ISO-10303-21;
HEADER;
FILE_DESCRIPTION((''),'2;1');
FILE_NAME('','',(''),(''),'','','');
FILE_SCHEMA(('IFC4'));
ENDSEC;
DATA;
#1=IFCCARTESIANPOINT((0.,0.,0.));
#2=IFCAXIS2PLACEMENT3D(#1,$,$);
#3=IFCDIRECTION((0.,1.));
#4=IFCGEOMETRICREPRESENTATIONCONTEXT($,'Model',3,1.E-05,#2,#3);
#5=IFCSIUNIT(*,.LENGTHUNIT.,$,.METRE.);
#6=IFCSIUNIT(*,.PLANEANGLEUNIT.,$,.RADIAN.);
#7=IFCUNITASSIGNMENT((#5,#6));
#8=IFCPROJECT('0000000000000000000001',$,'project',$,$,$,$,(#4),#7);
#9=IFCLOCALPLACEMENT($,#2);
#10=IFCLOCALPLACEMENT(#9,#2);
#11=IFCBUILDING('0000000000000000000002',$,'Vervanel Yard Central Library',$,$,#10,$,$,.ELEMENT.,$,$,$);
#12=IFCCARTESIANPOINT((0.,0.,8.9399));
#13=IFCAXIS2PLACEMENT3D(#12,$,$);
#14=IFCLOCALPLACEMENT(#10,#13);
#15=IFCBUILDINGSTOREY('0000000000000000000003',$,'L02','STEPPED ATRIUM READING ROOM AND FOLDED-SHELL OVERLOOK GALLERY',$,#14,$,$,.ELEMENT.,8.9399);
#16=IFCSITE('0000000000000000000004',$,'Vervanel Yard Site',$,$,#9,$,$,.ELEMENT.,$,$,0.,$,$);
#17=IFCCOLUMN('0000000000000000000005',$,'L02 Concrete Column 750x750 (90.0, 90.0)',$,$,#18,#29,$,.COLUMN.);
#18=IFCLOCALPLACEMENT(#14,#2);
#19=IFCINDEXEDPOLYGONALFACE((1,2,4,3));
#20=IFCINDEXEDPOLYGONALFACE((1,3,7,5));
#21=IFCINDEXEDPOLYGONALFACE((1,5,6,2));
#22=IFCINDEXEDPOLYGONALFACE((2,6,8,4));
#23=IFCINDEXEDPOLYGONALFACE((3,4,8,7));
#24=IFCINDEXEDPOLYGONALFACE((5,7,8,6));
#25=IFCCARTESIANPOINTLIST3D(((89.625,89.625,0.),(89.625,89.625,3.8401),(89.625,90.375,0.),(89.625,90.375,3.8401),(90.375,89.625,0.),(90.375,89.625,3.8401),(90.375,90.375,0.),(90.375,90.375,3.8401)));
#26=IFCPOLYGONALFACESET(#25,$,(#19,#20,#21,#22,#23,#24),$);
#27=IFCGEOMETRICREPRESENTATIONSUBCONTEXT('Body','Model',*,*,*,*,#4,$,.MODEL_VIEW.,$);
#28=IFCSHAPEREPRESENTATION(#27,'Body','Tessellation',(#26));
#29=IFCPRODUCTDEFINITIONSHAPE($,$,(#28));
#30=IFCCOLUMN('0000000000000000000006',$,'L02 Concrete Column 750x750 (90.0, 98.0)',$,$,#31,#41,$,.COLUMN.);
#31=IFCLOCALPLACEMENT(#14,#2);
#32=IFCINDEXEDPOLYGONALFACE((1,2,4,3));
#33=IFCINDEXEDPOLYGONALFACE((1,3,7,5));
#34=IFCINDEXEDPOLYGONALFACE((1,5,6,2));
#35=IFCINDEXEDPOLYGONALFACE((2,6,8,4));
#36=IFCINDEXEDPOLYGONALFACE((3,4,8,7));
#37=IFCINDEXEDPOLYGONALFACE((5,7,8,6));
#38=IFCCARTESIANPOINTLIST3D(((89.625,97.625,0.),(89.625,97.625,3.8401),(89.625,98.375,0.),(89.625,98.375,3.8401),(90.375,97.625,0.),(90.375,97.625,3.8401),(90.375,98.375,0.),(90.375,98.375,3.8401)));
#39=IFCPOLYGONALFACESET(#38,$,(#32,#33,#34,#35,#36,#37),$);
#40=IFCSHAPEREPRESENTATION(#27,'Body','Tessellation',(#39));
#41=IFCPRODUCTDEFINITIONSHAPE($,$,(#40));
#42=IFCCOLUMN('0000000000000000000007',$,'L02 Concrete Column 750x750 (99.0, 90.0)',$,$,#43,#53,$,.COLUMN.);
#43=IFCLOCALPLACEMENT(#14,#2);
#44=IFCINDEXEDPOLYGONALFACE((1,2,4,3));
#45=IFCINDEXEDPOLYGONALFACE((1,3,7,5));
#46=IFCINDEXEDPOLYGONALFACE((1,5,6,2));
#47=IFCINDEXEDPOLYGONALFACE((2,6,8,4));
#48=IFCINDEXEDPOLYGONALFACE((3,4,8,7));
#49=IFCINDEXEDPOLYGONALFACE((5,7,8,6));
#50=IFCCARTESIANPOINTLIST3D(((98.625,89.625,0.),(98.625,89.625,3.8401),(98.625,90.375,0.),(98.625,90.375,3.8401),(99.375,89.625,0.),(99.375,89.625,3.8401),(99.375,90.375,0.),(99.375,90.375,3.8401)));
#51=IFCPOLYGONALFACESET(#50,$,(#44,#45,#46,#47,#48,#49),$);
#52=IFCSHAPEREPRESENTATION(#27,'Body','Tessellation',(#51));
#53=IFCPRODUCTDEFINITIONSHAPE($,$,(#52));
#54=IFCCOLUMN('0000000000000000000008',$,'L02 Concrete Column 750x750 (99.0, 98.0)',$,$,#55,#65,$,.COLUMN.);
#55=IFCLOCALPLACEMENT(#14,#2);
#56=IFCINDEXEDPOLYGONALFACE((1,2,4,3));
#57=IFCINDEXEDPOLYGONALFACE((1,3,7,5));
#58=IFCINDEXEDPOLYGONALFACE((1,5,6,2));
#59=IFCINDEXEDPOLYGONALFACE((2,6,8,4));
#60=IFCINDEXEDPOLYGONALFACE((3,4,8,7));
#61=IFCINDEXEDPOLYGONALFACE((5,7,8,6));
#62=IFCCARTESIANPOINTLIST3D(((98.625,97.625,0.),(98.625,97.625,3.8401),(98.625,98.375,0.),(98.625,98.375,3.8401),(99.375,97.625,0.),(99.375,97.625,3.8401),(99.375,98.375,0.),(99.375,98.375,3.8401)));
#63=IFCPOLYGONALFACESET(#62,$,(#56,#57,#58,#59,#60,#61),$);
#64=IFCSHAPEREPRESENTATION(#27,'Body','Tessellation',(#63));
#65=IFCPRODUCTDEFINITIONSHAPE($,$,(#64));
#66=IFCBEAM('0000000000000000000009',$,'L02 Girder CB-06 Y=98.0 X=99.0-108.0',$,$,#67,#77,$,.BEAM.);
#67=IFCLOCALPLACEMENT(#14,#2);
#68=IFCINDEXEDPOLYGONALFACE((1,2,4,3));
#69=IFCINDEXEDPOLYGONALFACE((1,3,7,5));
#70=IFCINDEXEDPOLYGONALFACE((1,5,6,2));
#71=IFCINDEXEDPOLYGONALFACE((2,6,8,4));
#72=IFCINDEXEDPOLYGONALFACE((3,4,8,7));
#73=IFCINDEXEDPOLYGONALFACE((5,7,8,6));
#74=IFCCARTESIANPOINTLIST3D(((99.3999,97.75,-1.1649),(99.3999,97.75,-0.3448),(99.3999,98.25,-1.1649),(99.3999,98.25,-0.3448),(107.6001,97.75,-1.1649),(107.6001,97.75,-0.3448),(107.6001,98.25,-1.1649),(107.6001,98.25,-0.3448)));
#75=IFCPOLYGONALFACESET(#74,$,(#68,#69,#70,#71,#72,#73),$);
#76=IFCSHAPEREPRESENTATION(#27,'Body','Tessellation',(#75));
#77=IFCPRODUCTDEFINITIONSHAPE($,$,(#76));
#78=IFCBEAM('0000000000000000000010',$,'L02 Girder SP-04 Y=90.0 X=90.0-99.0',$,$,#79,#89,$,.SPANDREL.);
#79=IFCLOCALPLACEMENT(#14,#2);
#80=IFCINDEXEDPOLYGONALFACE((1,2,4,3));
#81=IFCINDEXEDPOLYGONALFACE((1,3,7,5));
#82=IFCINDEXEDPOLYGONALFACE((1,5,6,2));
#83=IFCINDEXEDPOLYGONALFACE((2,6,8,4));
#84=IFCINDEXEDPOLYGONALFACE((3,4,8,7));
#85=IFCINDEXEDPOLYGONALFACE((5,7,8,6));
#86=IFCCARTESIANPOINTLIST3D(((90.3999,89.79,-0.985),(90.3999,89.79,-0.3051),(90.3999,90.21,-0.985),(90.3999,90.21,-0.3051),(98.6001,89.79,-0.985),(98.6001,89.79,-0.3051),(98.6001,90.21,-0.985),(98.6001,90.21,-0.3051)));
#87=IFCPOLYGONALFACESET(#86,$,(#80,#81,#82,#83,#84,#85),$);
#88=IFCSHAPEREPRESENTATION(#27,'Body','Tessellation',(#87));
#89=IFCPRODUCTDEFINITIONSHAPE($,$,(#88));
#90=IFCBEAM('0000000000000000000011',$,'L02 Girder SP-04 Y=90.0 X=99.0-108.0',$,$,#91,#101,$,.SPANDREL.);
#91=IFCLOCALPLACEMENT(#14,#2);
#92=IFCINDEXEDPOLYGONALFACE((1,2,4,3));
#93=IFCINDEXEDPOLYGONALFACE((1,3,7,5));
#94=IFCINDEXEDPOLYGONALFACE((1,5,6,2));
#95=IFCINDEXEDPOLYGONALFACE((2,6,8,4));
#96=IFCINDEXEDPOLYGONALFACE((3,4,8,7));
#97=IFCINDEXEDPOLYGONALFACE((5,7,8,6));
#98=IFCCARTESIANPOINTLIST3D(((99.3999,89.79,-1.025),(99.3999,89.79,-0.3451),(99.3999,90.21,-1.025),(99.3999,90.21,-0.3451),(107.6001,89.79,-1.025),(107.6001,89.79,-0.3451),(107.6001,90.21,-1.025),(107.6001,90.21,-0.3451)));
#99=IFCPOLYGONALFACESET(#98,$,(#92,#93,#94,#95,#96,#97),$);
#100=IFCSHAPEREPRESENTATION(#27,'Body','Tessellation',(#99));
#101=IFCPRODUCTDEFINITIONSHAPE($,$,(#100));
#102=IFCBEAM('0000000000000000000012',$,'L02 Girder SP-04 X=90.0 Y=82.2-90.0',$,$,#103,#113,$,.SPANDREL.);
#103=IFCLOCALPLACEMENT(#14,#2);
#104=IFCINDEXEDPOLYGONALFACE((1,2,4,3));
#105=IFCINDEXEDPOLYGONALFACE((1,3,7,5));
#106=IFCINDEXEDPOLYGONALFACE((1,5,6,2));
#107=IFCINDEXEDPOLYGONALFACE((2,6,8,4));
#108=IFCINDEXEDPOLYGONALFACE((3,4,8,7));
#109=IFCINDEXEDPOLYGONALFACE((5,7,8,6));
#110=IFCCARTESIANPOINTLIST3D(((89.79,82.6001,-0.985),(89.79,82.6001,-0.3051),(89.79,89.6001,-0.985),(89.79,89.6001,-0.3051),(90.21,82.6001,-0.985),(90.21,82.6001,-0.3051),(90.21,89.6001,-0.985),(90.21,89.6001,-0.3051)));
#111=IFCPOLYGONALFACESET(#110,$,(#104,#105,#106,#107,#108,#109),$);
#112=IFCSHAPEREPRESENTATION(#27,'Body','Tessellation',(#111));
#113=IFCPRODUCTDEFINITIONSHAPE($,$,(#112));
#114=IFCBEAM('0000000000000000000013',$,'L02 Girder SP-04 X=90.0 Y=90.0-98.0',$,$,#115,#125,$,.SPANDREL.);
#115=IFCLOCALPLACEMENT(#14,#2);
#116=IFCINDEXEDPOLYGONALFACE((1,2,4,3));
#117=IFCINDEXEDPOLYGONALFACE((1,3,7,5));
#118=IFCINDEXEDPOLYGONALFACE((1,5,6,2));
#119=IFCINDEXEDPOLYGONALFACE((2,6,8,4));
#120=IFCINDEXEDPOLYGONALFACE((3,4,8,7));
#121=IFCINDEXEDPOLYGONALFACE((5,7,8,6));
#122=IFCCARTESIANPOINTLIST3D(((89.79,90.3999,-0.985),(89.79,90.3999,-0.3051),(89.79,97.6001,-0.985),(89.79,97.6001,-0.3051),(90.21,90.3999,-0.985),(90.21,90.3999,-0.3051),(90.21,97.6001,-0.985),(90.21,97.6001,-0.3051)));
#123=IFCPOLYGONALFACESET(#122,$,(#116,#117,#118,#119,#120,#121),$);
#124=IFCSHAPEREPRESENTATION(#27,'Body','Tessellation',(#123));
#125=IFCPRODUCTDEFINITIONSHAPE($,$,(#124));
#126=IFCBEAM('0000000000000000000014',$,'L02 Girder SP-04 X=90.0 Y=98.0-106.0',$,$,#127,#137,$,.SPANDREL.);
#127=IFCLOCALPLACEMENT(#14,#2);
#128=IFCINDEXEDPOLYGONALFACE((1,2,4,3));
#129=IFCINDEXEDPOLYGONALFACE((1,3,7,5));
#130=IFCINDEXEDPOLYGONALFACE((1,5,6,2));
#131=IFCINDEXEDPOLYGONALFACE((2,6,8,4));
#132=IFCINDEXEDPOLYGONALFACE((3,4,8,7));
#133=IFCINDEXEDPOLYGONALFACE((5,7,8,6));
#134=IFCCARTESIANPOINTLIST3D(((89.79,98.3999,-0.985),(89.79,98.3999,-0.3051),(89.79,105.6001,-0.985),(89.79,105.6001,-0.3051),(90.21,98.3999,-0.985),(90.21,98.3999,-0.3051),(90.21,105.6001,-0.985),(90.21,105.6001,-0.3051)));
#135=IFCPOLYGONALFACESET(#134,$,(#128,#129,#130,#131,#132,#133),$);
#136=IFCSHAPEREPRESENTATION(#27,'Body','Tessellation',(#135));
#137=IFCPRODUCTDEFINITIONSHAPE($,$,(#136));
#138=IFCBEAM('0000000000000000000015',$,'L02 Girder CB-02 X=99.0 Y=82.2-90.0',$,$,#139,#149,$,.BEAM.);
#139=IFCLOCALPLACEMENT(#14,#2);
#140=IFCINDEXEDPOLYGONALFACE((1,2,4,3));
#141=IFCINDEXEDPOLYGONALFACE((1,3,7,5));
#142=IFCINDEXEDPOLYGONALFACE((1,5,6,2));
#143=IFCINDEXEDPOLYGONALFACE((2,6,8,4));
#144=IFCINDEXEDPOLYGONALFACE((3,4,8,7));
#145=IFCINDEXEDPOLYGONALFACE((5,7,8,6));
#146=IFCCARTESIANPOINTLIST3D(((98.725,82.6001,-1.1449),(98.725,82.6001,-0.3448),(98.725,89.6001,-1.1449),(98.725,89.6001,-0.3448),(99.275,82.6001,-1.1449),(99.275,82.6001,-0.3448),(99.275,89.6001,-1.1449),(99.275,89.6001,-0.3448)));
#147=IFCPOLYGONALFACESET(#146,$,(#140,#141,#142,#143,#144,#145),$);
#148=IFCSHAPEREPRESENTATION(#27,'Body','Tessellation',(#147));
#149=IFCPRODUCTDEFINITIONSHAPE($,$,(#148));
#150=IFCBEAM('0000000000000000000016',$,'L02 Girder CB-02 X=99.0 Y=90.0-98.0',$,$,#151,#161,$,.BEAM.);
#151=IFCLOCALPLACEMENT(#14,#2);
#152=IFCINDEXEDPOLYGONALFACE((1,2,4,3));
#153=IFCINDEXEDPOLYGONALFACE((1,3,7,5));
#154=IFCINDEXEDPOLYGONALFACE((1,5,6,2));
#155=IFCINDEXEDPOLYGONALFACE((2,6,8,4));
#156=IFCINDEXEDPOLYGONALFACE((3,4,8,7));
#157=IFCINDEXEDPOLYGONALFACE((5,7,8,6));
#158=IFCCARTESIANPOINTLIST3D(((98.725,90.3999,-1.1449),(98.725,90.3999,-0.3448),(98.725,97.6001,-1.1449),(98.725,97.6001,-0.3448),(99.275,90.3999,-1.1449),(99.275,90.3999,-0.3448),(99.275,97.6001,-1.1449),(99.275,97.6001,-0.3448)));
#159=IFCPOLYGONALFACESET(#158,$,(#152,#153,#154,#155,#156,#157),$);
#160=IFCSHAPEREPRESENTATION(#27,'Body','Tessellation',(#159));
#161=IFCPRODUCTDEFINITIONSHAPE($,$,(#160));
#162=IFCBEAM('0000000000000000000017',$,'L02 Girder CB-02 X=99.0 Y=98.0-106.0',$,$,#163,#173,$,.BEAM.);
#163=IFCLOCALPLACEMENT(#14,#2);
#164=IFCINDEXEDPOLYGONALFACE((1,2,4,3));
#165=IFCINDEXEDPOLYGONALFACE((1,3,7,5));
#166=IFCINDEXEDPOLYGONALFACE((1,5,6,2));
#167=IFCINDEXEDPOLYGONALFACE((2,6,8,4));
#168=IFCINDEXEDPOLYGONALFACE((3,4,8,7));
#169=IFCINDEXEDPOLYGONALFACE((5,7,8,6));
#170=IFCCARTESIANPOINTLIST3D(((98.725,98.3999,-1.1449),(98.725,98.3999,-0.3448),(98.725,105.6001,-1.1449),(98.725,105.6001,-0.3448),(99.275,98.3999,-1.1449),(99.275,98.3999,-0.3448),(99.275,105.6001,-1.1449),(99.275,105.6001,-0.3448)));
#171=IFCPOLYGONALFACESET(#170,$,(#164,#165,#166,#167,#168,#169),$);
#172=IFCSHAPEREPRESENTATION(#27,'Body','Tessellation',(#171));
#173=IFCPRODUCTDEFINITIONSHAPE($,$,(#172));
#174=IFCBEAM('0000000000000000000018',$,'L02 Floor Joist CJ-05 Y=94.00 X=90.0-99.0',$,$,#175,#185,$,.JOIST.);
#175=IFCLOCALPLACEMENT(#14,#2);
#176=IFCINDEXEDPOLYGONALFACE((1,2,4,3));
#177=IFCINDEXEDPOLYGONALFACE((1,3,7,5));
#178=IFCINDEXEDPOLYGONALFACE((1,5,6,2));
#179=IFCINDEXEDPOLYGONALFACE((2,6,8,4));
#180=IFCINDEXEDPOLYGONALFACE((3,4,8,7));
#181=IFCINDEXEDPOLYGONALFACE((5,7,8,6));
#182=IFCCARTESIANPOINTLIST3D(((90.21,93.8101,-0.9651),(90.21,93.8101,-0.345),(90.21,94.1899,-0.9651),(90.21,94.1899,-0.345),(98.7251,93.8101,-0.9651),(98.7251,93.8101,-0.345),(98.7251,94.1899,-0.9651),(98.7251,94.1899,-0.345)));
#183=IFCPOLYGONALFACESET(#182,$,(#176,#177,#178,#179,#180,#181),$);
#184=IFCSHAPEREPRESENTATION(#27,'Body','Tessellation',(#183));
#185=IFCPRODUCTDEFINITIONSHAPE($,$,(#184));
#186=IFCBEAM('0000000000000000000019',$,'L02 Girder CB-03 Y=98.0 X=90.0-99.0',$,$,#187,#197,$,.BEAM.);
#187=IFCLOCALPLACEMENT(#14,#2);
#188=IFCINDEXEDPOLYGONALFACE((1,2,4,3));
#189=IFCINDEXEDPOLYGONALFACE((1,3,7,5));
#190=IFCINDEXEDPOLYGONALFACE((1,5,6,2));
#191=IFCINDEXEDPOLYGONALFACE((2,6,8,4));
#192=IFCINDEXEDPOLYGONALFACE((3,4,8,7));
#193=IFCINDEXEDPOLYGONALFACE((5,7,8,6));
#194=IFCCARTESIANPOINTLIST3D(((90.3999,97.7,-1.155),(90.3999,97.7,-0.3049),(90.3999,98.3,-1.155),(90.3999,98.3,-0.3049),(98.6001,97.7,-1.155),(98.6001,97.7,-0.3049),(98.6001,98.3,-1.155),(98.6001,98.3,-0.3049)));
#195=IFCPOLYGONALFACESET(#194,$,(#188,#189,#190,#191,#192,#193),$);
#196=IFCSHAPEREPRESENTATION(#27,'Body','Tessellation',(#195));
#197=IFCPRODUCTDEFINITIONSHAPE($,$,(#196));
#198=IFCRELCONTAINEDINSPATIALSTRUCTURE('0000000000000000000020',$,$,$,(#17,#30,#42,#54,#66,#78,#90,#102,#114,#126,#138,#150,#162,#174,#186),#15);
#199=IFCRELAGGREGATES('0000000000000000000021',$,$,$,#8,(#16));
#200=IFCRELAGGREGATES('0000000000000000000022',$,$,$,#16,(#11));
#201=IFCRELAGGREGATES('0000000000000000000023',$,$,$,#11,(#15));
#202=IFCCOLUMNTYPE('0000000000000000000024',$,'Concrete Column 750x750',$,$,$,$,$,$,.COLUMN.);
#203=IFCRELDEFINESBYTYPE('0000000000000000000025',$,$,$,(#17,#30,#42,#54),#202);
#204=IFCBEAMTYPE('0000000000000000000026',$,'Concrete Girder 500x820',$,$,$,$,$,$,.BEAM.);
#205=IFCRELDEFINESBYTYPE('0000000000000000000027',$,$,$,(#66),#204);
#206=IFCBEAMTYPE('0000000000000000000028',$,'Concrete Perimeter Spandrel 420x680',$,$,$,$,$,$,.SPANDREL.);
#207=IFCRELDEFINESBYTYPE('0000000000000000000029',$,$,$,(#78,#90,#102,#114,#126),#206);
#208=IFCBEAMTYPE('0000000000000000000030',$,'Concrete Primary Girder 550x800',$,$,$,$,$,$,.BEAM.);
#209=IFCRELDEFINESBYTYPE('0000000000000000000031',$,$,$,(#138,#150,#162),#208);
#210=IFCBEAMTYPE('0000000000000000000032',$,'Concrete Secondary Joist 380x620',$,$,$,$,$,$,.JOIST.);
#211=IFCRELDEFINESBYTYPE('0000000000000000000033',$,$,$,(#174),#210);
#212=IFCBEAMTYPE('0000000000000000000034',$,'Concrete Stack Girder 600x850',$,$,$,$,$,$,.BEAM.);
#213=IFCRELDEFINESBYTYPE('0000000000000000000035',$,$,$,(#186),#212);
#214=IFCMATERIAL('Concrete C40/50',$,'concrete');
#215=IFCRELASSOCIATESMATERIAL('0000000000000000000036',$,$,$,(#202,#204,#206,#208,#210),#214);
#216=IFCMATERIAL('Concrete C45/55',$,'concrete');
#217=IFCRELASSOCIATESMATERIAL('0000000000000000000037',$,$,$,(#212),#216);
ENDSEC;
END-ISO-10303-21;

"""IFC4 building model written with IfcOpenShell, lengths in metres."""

from ifc_helpers import new_model, si_unit, direction, frame, origin, origin_2d, place, context, subcontext, project, spatial, rectangle, extrude, material, material_profile, profile_set, type_object, element, save


model = new_model("IFC4")

# Units and contexts
model_context = context("Model", 3, precision=1e-05, world=origin(), true_north=direction((0.0, 1.0)))
body_context = subcontext(model_context, "Body", "Model", "MODEL_VIEW")
ifc_project = project(units=[si_unit("LENGTHUNIT", "METRE"), si_unit("PLANEANGLEUNIT", "RADIAN")], contexts=[model_context])

# Site, building, storey
site_placement = place(None, origin())
site = spatial("IfcSite", under=ifc_project, at=site_placement, Name="Vervanel Yard Site", CompositionType="ELEMENT", RefElevation=0.0)
building_placement = place(site_placement, origin())
building = spatial("IfcBuilding", under=site, at=building_placement, Name="Vervanel Yard Central Library", CompositionType="ELEMENT")
storey_placement = place(building_placement, frame((0.0, 0.0, 8.9399)))
storey = spatial("IfcBuildingStorey", under=building, at=storey_placement, Name="L02", Description="STEPPED ATRIUM READING ROOM AND FOLDED-SHELL OVERLOOK GALLERY", CompositionType="ELEMENT", Elevation=8.9399)

# Columns
ifc_material_1 = material(Name="Concrete C40/50", Category="concrete")
ifc_material_profile_1 = material_profile(ifc_material_1, rectangle(XDim=0.75, YDim=0.75, at=origin_2d()), Name="RC 750x750", Category="concrete")
ifc_profile_set_1 = profile_set([ifc_material_profile_1], Name="Concrete C40/50")
column_type = type_object("IfcColumnType", Name="Concrete Column 750x750", PredefinedType="COLUMN", material=ifc_profile_set_1)
for number, where, z_axis, x_axis, name in (
    (1, (90.0, 90.0, 0.0), (0.0, 0.0, 1.0), (1.0, 0.0, 0.0), "L02 Concrete Column 750x750 (90.0, 90.0)"),
    (2, (90.0, 98.0, 0.0), (0.0, 0.0, 1.0), (1.0, 0.0, 0.0), "L02 Concrete Column 750x750 (90.0, 98.0)"),
    (3, (99.0, 90.0, 0.0), (0.0, 0.0, 1.0), (1.0, 0.0, 0.0), "L02 Concrete Column 750x750 (99.0, 90.0)"),
    (4, (99.0, 98.0, 0.0), (0.0, 0.0, 1.0), (1.0, 0.0, 0.0), "L02 Concrete Column 750x750 (99.0, 98.0)"),
):
    element("IfcColumn", number, at=place(storey_placement, frame(where, z_axis=z_axis, x_axis=x_axis)), inside=storey, type_object=column_type, Name=name, PredefinedType="COLUMN", context=body_context, shape_type="SweptSolid", body=[
        extrude(rectangle(XDim=0.75, YDim=0.75, at=origin_2d()), origin(), (0.0, 0.0, 1.0), 3.8401),
    ])

# Beams
ifc_material_profile_2 = material_profile(ifc_material_1, rectangle(XDim=0.5, YDim=0.8201, at=origin_2d()), Name="RC 500x820", Category="concrete")
ifc_profile_set_2 = profile_set([ifc_material_profile_2], Name="Concrete C40/50")
beam_type_1 = type_object("IfcBeamType", Name="Concrete Girder 500x820", PredefinedType="BEAM", material=ifc_profile_set_2)
beam_1_placement = place(storey_placement, frame((99.3999, 98.0, -0.7549), z_axis=(1.0, 0.0, 0.0), x_axis=(0.0, 1.0, 0.0)))
element("IfcBeam", 5, at=beam_1_placement, inside=storey, type_object=beam_type_1, Name="L02 Girder CB-06 Y=98.0 X=99.0-108.0", PredefinedType="BEAM", context=body_context, shape_type="SweptSolid", body=[
    extrude(rectangle(XDim=0.5, YDim=0.8201, at=origin_2d()), origin(), (0.0, 0.0, 1.0), 8.2002),
])
ifc_material_profile_3 = material_profile(ifc_material_1, rectangle(XDim=0.4199, YDim=0.6799, at=origin_2d()), Name="RC 420x680", Category="concrete")
ifc_profile_set_3 = profile_set([ifc_material_profile_3], Name="Concrete C40/50")
beam_type_2 = type_object("IfcBeamType", Name="Concrete Perimeter Spandrel 420x680", PredefinedType="SPANDREL", material=ifc_profile_set_3)
for number, where, z_axis, x_axis, name in (
    (6, (90.3999, 90.0, -0.645), (1.0, 0.0, 0.0), (0.0, 1.0, 0.0), "L02 Girder SP-04 Y=90.0 X=90.0-99.0"),
    (7, (99.3999, 90.0, -0.6851), (1.0, 0.0, 0.0), (0.0, 1.0, 0.0), "L02 Girder SP-04 Y=90.0 X=99.0-108.0"),
):
    element("IfcBeam", number, at=place(storey_placement, frame(where, z_axis=z_axis, x_axis=x_axis)), inside=storey, type_object=beam_type_2, Name=name, PredefinedType="SPANDREL", context=body_context, shape_type="SweptSolid", body=[
        extrude(rectangle(XDim=0.4199, YDim=0.6799, at=origin_2d()), origin(), (0.0, 0.0, 1.0), 8.2002),
    ])
beam_2_placement = place(storey_placement, frame((90.0, 82.6001, -0.645), z_axis=(0.0, 1.0, 0.0), x_axis=(-1.0, 0.0, 0.0)))
element("IfcBeam", 8, at=beam_2_placement, inside=storey, type_object=beam_type_2, Name="L02 Girder SP-04 X=90.0 Y=82.2-90.0", PredefinedType="SPANDREL", context=body_context, shape_type="SweptSolid", body=[
    extrude(rectangle(XDim=0.4199, YDim=0.6799, at=origin_2d()), origin(), (0.0, 0.0, 1.0), 7.0),
])
for number, where, z_axis, x_axis, name in (
    (9, (90.0, 90.3999, -0.645), (0.0, 1.0, 0.0), (-1.0, 0.0, 0.0), "L02 Girder SP-04 X=90.0 Y=90.0-98.0"),
    (10, (90.0, 98.3999, -0.645), (0.0, 1.0, 0.0), (-1.0, 0.0, 0.0), "L02 Girder SP-04 X=90.0 Y=98.0-106.0"),
):
    element("IfcBeam", number, at=place(storey_placement, frame(where, z_axis=z_axis, x_axis=x_axis)), inside=storey, type_object=beam_type_2, Name=name, PredefinedType="SPANDREL", context=body_context, shape_type="SweptSolid", body=[
        extrude(rectangle(XDim=0.4199, YDim=0.6799, at=origin_2d()), origin(), (0.0, 0.0, 1.0), 7.2002),
    ])
ifc_material_profile_4 = material_profile(ifc_material_1, rectangle(XDim=0.55, YDim=0.8, at=origin_2d()), Name="RC 550x800", Category="concrete")
ifc_profile_set_4 = profile_set([ifc_material_profile_4], Name="Concrete C40/50")
beam_type_3 = type_object("IfcBeamType", Name="Concrete Primary Girder 550x800", PredefinedType="BEAM", material=ifc_profile_set_4)
beam_3_placement = place(storey_placement, frame((99.0, 82.6001, -0.7449), z_axis=(0.0, 1.0, 0.0), x_axis=(-1.0, 0.0, 0.0)))
element("IfcBeam", 11, at=beam_3_placement, inside=storey, type_object=beam_type_3, Name="L02 Girder CB-02 X=99.0 Y=82.2-90.0", PredefinedType="BEAM", context=body_context, shape_type="SweptSolid", body=[
    extrude(rectangle(XDim=0.55, YDim=0.8, at=origin_2d()), origin(), (0.0, 0.0, 1.0), 7.0),
])
for number, where, z_axis, x_axis, name in (
    (12, (99.0, 90.3999, -0.7449), (0.0, 1.0, 0.0), (-1.0, 0.0, 0.0), "L02 Girder CB-02 X=99.0 Y=90.0-98.0"),
    (13, (99.0, 98.3999, -0.7449), (0.0, 1.0, 0.0), (-1.0, 0.0, 0.0), "L02 Girder CB-02 X=99.0 Y=98.0-106.0"),
):
    element("IfcBeam", number, at=place(storey_placement, frame(where, z_axis=z_axis, x_axis=x_axis)), inside=storey, type_object=beam_type_3, Name=name, PredefinedType="BEAM", context=body_context, shape_type="SweptSolid", body=[
        extrude(rectangle(XDim=0.55, YDim=0.8, at=origin_2d()), origin(), (0.0, 0.0, 1.0), 7.2002),
    ])
ifc_material_profile_5 = material_profile(ifc_material_1, rectangle(XDim=0.3799, YDim=0.6201, at=origin_2d()), Name="RC 380x620", Category="concrete")
ifc_profile_set_5 = profile_set([ifc_material_profile_5], Name="Concrete C40/50")
beam_type_4 = type_object("IfcBeamType", Name="Concrete Secondary Joist 380x620", PredefinedType="JOIST", material=ifc_profile_set_5)
beam_4_placement = place(storey_placement, frame((90.21, 94.0, -0.655), z_axis=(1.0, 0.0, 0.0), x_axis=(0.0, 1.0, 0.0)))
element("IfcBeam", 14, at=beam_4_placement, inside=storey, type_object=beam_type_4, Name="L02 Floor Joist CJ-05 Y=94.00 X=90.0-99.0", PredefinedType="JOIST", context=body_context, shape_type="SweptSolid", body=[
    extrude(rectangle(XDim=0.3799, YDim=0.6201, at=origin_2d()), origin(), (0.0, 0.0, 1.0), 8.5151),
])
ifc_material_2 = material(Name="Concrete C45/55", Category="concrete")
ifc_material_profile_6 = material_profile(ifc_material_2, rectangle(XDim=0.6001, YDim=0.8501, at=origin_2d()), Name="RC 600x850", Category="concrete")
ifc_profile_set_6 = profile_set([ifc_material_profile_6], Name="Concrete C45/55")
beam_type_5 = type_object("IfcBeamType", Name="Concrete Stack Girder 600x850", PredefinedType="BEAM", material=ifc_profile_set_6)
beam_5_placement = place(storey_placement, frame((90.3999, 98.0, -0.73), z_axis=(1.0, 0.0, 0.0), x_axis=(0.0, 1.0, 0.0)))
element("IfcBeam", 15, at=beam_5_placement, inside=storey, type_object=beam_type_5, Name="L02 Girder CB-03 Y=98.0 X=90.0-99.0", PredefinedType="BEAM", context=body_context, shape_type="SweptSolid", body=[
    extrude(rectangle(XDim=0.6001, YDim=0.8501, at=origin_2d()), origin(), (0.0, 0.0, 1.0), 8.2002),
])

save(model, "model.ifc")
